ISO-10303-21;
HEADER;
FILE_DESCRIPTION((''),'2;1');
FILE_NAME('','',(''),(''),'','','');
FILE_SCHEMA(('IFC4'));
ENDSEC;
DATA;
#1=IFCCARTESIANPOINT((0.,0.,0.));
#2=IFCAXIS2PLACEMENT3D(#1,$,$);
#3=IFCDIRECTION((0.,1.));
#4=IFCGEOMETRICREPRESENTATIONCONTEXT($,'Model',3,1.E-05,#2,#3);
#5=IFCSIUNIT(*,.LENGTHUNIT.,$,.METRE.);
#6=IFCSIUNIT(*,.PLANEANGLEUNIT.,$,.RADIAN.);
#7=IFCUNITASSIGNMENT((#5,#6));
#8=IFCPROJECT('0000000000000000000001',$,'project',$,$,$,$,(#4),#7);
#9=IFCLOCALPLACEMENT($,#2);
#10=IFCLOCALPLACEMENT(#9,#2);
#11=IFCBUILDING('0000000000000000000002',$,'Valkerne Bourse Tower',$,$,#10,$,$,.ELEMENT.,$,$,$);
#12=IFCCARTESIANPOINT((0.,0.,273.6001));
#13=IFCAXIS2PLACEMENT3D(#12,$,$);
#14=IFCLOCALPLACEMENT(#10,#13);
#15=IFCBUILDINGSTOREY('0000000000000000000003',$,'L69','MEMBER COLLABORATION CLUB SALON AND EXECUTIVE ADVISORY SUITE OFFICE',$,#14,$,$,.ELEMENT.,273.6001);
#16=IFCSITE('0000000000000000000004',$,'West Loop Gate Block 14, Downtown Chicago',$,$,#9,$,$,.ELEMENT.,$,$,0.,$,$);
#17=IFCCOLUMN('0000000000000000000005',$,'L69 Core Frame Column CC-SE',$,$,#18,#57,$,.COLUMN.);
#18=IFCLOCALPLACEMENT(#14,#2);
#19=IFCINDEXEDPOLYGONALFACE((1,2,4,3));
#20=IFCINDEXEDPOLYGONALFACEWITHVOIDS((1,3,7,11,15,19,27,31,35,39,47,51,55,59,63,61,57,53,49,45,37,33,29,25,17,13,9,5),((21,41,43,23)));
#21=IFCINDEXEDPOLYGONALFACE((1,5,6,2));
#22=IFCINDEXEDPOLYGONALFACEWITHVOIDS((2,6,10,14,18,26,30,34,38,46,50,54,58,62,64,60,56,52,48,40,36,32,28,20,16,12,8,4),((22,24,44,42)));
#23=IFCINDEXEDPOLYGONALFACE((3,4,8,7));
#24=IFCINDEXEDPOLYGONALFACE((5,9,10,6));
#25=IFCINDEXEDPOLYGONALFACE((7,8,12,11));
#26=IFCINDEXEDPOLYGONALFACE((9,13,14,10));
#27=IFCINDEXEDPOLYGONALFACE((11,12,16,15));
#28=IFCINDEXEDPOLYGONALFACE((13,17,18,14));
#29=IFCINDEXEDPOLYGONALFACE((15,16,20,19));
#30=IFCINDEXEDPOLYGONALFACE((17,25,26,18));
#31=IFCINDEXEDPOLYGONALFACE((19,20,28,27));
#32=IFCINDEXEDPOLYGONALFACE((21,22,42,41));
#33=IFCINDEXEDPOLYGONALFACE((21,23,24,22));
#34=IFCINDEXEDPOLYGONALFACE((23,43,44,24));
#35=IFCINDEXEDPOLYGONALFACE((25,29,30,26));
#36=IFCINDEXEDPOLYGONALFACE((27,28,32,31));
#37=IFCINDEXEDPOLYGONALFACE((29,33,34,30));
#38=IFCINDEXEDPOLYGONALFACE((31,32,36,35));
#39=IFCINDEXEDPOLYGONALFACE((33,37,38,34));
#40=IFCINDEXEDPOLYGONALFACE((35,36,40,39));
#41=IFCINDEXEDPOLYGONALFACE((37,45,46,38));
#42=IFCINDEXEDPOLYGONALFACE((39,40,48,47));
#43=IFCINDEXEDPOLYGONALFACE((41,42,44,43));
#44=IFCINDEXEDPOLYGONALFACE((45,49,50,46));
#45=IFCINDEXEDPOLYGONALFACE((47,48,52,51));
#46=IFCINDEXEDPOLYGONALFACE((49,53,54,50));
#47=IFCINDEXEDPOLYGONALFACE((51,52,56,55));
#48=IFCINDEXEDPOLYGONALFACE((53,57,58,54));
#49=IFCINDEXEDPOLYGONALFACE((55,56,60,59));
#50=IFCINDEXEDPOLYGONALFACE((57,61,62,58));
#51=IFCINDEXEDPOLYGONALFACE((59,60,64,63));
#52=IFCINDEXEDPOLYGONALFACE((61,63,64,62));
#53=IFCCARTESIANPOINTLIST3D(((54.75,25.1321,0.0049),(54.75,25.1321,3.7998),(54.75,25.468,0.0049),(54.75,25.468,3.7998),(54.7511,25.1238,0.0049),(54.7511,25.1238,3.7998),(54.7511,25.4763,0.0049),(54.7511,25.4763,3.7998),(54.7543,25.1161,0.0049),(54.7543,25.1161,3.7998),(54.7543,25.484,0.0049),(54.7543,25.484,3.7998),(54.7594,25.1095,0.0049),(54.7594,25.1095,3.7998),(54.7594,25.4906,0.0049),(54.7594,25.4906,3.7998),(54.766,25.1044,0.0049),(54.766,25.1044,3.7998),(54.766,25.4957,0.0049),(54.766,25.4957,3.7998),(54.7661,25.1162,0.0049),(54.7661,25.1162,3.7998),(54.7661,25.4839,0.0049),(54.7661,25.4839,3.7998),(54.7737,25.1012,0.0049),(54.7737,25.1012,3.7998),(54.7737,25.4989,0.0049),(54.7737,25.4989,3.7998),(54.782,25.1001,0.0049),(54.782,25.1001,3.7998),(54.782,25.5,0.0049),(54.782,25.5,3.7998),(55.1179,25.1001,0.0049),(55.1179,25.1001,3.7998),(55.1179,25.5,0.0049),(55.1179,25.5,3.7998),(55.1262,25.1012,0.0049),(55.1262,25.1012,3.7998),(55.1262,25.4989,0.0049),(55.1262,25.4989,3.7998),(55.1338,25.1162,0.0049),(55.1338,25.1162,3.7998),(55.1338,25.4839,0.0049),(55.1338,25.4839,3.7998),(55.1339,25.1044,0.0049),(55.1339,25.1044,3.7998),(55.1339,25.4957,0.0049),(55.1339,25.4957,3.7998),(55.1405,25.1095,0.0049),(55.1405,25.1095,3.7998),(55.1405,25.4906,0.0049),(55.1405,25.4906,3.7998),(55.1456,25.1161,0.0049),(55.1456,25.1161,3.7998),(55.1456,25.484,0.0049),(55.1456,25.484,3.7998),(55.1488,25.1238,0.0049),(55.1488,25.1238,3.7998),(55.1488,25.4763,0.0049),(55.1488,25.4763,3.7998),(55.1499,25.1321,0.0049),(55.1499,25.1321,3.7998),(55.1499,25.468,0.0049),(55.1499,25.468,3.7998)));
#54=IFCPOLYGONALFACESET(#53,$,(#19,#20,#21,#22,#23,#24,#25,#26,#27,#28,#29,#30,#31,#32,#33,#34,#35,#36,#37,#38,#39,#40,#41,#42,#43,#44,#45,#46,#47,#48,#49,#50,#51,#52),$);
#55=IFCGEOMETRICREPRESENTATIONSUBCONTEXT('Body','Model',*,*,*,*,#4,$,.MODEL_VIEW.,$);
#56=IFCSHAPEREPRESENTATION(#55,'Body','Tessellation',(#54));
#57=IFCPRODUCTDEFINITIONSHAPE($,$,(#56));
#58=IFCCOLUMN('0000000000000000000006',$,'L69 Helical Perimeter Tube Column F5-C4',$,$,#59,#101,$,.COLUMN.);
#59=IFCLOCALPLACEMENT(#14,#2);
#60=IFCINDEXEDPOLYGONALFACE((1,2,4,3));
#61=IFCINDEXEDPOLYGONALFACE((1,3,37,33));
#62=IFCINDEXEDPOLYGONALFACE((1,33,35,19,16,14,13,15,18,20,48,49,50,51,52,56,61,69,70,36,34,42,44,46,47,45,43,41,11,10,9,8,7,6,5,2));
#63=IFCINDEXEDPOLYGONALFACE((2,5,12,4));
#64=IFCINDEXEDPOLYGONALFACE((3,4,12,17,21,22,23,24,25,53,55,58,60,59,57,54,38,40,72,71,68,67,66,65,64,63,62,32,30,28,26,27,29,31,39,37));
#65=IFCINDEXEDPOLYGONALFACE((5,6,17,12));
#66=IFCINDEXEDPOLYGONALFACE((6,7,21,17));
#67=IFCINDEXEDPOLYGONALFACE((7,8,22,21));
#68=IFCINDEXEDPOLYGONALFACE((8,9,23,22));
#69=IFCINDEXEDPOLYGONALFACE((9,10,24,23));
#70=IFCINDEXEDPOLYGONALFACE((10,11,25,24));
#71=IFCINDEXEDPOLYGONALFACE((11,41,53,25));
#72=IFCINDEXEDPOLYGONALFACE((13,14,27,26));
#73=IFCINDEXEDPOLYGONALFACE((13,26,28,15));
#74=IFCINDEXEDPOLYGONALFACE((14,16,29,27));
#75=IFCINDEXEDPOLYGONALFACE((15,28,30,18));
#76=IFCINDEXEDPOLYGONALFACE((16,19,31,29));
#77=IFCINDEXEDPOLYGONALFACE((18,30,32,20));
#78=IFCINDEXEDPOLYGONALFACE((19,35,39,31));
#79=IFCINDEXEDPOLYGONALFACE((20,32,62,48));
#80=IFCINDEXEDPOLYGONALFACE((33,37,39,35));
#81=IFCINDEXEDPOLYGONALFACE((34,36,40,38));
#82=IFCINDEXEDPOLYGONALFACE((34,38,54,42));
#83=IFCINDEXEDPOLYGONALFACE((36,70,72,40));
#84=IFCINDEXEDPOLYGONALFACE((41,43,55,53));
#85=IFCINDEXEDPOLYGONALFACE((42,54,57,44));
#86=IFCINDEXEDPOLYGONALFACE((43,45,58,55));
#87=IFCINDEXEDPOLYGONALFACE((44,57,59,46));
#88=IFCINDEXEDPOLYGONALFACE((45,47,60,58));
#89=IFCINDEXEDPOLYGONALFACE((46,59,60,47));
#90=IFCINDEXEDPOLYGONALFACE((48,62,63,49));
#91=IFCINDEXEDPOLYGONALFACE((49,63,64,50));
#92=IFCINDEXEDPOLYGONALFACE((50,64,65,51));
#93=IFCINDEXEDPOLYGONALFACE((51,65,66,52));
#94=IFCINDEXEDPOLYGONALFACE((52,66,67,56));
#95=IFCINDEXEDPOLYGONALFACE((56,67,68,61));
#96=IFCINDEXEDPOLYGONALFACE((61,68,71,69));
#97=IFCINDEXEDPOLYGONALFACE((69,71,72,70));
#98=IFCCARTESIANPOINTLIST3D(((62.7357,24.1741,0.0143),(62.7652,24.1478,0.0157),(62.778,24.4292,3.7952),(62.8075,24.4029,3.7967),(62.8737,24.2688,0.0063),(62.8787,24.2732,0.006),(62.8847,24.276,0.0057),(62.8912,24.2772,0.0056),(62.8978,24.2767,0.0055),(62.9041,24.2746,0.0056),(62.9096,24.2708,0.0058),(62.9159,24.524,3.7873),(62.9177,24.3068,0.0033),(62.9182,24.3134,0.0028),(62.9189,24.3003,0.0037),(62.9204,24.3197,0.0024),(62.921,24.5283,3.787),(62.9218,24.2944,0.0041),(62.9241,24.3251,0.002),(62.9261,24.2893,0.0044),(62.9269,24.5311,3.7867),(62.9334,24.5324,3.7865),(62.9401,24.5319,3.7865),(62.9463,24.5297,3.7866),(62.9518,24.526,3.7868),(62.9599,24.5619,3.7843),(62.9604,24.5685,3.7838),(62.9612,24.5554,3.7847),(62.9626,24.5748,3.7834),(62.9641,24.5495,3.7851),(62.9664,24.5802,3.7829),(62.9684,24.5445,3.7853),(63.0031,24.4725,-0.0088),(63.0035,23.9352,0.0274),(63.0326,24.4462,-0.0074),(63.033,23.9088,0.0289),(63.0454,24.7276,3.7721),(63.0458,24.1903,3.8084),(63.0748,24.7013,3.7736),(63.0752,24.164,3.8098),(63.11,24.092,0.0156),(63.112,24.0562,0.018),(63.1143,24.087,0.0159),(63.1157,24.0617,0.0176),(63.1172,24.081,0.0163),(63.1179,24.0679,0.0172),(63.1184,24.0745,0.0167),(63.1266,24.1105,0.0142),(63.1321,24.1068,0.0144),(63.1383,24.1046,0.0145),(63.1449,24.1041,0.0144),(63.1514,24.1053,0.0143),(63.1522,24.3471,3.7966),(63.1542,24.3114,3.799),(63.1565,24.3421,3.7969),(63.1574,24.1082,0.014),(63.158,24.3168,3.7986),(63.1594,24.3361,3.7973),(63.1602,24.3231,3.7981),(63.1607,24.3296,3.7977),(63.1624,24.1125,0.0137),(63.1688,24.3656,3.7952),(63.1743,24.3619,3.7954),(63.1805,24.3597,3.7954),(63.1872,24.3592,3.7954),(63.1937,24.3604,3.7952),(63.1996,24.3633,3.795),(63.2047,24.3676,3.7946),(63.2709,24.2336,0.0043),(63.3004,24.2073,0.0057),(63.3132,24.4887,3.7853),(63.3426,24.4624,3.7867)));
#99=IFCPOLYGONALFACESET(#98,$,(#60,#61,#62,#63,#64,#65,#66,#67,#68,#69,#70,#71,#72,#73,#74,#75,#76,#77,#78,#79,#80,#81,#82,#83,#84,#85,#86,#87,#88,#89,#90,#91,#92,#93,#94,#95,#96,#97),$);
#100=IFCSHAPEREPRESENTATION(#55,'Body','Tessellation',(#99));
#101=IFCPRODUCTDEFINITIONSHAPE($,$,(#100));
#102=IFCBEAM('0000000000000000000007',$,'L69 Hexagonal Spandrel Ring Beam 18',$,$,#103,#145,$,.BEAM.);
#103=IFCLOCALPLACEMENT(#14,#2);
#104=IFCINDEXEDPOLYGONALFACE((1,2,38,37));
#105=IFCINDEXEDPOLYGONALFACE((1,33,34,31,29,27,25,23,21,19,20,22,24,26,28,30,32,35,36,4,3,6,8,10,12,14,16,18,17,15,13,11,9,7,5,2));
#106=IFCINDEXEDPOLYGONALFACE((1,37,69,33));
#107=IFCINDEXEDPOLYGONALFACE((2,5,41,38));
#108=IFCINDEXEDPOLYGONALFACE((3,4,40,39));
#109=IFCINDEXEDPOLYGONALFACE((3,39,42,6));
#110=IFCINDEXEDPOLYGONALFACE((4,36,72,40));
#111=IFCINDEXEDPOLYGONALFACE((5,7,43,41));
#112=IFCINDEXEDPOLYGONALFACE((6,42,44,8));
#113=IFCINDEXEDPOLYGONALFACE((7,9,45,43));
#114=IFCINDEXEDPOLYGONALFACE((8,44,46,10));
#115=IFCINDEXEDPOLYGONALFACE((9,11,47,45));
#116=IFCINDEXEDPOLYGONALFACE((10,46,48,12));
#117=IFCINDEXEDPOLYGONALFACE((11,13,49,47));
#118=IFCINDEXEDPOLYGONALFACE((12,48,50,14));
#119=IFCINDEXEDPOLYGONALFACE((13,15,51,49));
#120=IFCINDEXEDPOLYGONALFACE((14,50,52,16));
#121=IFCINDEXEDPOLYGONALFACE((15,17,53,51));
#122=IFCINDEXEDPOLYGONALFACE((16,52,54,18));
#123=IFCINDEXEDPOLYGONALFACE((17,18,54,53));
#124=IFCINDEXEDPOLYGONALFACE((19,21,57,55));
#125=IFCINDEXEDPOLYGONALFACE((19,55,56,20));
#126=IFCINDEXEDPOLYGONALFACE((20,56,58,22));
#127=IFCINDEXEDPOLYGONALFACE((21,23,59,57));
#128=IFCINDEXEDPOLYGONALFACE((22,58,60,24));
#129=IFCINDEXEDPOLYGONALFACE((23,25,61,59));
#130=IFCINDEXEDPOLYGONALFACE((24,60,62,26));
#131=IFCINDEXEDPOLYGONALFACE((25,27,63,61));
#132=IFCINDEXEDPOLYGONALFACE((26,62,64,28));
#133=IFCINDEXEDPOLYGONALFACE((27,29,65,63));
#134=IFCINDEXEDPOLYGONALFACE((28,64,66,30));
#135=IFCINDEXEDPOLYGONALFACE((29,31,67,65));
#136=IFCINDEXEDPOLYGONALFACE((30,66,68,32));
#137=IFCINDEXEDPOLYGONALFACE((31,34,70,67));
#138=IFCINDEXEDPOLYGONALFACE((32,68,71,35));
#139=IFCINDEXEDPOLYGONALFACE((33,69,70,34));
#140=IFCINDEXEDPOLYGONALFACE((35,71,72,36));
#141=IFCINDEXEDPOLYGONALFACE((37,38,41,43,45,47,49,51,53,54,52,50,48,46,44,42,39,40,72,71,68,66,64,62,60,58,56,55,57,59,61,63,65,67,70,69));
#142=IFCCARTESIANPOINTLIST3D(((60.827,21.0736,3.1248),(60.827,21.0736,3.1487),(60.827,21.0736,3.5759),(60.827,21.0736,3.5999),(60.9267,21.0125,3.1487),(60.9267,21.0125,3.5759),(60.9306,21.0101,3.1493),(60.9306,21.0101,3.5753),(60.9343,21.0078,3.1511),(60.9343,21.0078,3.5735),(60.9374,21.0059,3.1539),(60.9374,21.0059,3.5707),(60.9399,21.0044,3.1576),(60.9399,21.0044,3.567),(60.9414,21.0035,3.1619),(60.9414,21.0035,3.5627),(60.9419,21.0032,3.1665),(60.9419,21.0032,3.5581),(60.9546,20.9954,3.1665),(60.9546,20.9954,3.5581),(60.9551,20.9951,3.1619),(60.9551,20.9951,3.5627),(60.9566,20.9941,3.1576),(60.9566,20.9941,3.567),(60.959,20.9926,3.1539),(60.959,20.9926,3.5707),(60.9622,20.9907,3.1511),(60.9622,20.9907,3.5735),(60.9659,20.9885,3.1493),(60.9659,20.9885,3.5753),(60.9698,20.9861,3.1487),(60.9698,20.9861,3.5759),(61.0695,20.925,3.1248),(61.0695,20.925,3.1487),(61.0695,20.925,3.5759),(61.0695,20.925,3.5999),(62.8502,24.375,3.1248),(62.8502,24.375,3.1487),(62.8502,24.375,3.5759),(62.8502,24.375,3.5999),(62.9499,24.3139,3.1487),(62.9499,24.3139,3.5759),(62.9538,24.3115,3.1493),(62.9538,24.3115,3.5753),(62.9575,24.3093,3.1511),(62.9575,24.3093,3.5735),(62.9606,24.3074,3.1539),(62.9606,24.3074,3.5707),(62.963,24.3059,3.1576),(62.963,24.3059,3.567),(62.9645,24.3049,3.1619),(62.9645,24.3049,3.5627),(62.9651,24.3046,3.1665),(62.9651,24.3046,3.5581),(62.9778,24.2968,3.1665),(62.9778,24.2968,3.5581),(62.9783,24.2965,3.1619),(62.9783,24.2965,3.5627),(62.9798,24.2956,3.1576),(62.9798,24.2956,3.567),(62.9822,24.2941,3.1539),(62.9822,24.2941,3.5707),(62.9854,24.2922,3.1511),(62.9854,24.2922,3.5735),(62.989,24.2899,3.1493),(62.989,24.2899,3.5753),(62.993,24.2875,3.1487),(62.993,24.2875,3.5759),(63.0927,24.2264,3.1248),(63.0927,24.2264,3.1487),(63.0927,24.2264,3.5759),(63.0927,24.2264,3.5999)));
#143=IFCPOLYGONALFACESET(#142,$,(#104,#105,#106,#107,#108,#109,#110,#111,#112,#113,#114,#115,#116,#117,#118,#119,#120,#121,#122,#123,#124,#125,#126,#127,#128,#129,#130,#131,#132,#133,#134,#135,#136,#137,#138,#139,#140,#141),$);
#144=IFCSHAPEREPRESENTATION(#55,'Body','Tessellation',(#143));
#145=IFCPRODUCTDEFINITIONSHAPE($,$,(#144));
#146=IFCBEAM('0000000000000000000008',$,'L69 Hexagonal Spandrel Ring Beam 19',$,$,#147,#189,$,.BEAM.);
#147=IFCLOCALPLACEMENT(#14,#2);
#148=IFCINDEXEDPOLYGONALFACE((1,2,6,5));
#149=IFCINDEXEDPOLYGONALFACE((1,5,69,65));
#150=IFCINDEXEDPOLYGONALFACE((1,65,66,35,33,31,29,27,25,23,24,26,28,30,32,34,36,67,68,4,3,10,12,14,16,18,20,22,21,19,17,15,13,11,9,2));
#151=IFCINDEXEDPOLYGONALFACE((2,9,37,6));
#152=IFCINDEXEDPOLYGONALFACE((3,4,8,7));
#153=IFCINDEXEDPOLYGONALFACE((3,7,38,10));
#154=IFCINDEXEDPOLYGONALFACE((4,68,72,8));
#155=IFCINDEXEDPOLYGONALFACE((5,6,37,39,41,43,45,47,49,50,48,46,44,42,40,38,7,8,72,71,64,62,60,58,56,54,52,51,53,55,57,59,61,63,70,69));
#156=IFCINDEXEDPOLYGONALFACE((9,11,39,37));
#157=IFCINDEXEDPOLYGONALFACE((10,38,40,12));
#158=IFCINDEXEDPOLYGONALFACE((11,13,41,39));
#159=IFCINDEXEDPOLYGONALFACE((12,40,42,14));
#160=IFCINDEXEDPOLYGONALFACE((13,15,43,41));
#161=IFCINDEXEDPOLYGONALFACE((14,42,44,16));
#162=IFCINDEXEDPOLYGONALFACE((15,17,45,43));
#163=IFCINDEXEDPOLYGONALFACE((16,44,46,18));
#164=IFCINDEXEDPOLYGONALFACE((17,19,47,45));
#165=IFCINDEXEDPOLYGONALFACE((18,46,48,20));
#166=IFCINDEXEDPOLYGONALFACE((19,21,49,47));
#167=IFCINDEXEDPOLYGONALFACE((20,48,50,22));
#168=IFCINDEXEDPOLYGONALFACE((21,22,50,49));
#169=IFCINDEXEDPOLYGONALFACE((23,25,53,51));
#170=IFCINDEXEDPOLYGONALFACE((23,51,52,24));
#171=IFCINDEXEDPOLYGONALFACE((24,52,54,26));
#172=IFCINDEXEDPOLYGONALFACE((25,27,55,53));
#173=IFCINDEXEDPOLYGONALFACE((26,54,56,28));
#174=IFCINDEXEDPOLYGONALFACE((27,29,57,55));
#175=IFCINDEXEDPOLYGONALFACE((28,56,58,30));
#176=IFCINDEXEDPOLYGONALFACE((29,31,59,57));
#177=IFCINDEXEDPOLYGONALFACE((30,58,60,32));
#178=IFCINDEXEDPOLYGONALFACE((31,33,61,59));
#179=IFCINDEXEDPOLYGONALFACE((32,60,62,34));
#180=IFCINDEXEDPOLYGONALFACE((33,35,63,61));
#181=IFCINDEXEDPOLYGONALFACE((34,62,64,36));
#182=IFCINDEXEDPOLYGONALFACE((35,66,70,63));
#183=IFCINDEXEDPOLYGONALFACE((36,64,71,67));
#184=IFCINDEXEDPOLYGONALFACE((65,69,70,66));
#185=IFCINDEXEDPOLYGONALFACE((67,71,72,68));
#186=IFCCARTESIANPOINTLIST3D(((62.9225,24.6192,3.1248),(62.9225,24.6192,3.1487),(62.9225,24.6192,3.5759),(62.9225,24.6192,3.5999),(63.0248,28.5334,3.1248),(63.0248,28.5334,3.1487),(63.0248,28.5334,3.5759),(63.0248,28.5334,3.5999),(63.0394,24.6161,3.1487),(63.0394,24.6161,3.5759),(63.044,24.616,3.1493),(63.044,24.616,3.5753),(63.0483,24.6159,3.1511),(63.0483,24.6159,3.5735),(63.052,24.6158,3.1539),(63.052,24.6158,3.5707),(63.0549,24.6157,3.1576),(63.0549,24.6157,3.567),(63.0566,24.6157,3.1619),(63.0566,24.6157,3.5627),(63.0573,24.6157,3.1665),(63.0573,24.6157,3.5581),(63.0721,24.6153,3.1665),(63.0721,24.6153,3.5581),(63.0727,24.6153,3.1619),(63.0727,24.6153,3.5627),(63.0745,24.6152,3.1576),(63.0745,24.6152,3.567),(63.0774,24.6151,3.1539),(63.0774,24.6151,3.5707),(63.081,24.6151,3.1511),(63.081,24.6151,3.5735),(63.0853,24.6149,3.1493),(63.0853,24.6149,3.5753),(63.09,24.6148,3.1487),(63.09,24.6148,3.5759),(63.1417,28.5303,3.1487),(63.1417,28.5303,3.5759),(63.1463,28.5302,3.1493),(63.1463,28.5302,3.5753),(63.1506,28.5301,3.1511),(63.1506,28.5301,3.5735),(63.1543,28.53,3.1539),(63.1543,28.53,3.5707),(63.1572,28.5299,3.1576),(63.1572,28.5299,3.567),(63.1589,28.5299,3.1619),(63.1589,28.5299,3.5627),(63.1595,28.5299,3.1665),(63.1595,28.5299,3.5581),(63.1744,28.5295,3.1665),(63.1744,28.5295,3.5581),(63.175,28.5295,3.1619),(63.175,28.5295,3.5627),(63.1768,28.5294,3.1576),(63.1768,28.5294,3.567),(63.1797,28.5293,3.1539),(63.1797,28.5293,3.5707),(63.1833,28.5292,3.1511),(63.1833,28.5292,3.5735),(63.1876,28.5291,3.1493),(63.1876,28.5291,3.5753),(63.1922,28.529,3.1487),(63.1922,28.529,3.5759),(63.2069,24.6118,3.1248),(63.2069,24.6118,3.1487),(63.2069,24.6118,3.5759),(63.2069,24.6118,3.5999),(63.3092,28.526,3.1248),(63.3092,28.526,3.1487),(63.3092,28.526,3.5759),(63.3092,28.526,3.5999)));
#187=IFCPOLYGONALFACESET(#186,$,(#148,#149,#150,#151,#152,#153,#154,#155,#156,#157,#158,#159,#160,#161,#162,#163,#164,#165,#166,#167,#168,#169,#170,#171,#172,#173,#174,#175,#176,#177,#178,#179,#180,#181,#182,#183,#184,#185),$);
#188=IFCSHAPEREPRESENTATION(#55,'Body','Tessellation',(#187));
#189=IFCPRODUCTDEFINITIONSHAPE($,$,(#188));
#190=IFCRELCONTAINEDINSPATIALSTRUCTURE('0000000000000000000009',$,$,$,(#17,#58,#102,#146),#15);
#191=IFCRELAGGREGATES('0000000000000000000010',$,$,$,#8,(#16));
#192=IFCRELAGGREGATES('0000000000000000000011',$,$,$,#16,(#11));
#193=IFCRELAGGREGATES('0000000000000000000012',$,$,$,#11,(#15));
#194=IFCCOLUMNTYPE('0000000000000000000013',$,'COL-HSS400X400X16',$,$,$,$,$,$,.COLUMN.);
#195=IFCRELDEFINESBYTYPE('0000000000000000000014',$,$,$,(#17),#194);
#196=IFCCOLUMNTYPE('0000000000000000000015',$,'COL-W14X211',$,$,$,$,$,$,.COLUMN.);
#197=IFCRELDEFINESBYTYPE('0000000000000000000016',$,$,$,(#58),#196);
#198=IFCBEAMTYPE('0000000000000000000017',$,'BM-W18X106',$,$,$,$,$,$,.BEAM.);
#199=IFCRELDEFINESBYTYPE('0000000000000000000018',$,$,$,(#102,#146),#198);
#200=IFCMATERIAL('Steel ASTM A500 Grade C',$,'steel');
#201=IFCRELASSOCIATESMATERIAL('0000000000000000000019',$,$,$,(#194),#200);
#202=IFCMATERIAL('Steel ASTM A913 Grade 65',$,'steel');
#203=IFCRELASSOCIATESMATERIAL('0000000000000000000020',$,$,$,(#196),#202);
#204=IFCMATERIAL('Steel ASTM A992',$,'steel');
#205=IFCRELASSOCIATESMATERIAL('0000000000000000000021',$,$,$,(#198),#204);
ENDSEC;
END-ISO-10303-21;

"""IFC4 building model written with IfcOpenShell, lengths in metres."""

from ifc_helpers import new_model, si_unit, direction, frame, origin, origin_2d, place, context, subcontext, project, spatial, hollow_rectangle, i_section, extrude, material, material_profile, profile_set, type_object, element, save


model = new_model("IFC4")

# Units and contexts
model_context = context("Model", 3, precision=1e-05, world=origin(), true_north=direction((0.0, 1.0)))
body_context = subcontext(model_context, "Body", "Model", "MODEL_VIEW")
ifc_project = project(units=[si_unit("LENGTHUNIT", "METRE"), si_unit("PLANEANGLEUNIT", "RADIAN")], contexts=[model_context])

# Site, building, storey
site_placement = place(None, origin())
site = spatial("IfcSite", under=ifc_project, at=site_placement, Name="West Loop Gate Block 14, Downtown Chicago", CompositionType="ELEMENT", RefElevation=0.0)
building_placement = place(site_placement, origin())
building = spatial("IfcBuilding", under=site, at=building_placement, Name="Valkerne Bourse Tower", CompositionType="ELEMENT")
storey_placement = place(building_placement, frame((0.0, 0.0, 273.6001)))
storey = spatial("IfcBuildingStorey", under=building, at=storey_placement, Name="L69", Description="MEMBER COLLABORATION CLUB SALON AND EXECUTIVE ADVISORY SUITE OFFICE", CompositionType="ELEMENT", Elevation=273.6001)

# Columns
ifc_material_1 = material(Name="Steel ASTM A500 Grade C", Category="steel")
ifc_material_profile_1 = material_profile(ifc_material_1, hollow_rectangle(XDim=0.3999, YDim=0.3999, WallThickness=0.0161, OuterFilletRadius=0.032, at=origin_2d()), Name="HSS400X400X16")
ifc_profile_set_1 = profile_set([ifc_material_profile_1], Name="Steel ASTM A500 Grade C")
column_type_1 = type_object("IfcColumnType", Name="COL-HSS400X400X16", PredefinedType="COLUMN", material=ifc_profile_set_1)
column_1_placement = place(storey_placement, frame((54.95, 25.3, 0.0049), z_axis=(0.0, 0.0, 1.0), x_axis=(1.0, 0.0, 0.0)))
element("IfcColumn", 1, at=column_1_placement, inside=storey, type_object=column_type_1, Name="L69 Core Frame Column CC-SE", PredefinedType="COLUMN", context=body_context, shape_type="SweptSolid", body=[
    extrude(hollow_rectangle(XDim=0.3999, YDim=0.3999, WallThickness=0.0161, OuterFilletRadius=0.032, at=origin_2d()), origin(), (0.0, 0.0, 1.0), 3.7949),
])
ifc_material_2 = material(Name="Steel ASTM A913 Grade 65", Category="steel")
ifc_material_profile_2 = material_profile(ifc_material_2, i_section(OverallWidth=0.4014, OverallDepth=0.3987, WebThickness=0.0249, FlangeThickness=0.0396, FilletRadius=0.0254, at=origin_2d()), Name="W14X211")
ifc_profile_set_2 = profile_set([ifc_material_profile_2], Name="Steel ASTM A913 Grade 65")
column_type_2 = type_object("IfcColumnType", Name="COL-W14X211", PredefinedType="COLUMN", material=ifc_profile_set_2)
column_2_placement = place(storey_placement, frame((63.0181, 24.1907, 0.01), z_axis=(0.011145, 0.067319, 0.997669), x_axis=(-0.666212, -0.743534, 0.057613)))
element("IfcColumn", 2, at=column_2_placement, inside=storey, type_object=column_type_2, Name="L69 Helical Perimeter Tube Column F5-C4", PredefinedType="COLUMN", context=body_context, shape_type="SweptSolid", body=[
    extrude(i_section(OverallWidth=0.4014, OverallDepth=0.3987, WebThickness=0.0249, FlangeThickness=0.0396, FilletRadius=0.0254, at=origin_2d()), origin(), (0.0, 0.0, 1.0), 3.7898),
])

# Beams
ifc_material_3 = material(Name="Steel ASTM A992", Category="steel")
ifc_material_profile_3 = material_profile(ifc_material_3, i_section(OverallWidth=0.2844, OverallDepth=0.4751, WebThickness=0.0149, FlangeThickness=0.0239, FilletRadius=0.0178, at=origin_2d()), Name="W18X106")
ifc_profile_set_3 = profile_set([ifc_material_profile_3], Name="Steel ASTM A992")
beam_type_1 = type_object("IfcBeamType", Name="BM-W18X106", PredefinedType="BEAM", material=ifc_profile_set_3)
beam_1_placement = place(storey_placement, frame((60.9482, 20.9993, 3.3623), z_axis=(0.522503, 0.852637, 0.0), x_axis=(-0.852637, 0.522503, 0.0)))
element("IfcBeam", 3, at=beam_1_placement, inside=storey, type_object=beam_type_1, Name="L69 Hexagonal Spandrel Ring Beam 18", PredefinedType="BEAM", context=body_context, shape_type="SweptSolid", body=[
    extrude(i_section(OverallWidth=0.2844, OverallDepth=0.4751, WebThickness=0.0149, FlangeThickness=0.0239, FilletRadius=0.0178, at=origin_2d()), origin(), (0.0, 0.0, 1.0), 3.8721),
])
beam_2_placement = place(storey_placement, frame((63.0647, 24.6155, 3.3623), z_axis=(0.026125, 0.999659, 0.0), x_axis=(-0.999659, 0.026125, 0.0)))
element("IfcBeam", 4, at=beam_2_placement, inside=storey, type_object=beam_type_1, Name="L69 Hexagonal Spandrel Ring Beam 19", PredefinedType="BEAM", context=body_context, shape_type="SweptSolid", body=[
    extrude(i_section(OverallWidth=0.2844, OverallDepth=0.4751, WebThickness=0.0149, FlangeThickness=0.0239, FilletRadius=0.0178, at=origin_2d()), origin(), (0.0, 0.0, 1.0), 3.9155),
])

save(model, "model.ifc")
